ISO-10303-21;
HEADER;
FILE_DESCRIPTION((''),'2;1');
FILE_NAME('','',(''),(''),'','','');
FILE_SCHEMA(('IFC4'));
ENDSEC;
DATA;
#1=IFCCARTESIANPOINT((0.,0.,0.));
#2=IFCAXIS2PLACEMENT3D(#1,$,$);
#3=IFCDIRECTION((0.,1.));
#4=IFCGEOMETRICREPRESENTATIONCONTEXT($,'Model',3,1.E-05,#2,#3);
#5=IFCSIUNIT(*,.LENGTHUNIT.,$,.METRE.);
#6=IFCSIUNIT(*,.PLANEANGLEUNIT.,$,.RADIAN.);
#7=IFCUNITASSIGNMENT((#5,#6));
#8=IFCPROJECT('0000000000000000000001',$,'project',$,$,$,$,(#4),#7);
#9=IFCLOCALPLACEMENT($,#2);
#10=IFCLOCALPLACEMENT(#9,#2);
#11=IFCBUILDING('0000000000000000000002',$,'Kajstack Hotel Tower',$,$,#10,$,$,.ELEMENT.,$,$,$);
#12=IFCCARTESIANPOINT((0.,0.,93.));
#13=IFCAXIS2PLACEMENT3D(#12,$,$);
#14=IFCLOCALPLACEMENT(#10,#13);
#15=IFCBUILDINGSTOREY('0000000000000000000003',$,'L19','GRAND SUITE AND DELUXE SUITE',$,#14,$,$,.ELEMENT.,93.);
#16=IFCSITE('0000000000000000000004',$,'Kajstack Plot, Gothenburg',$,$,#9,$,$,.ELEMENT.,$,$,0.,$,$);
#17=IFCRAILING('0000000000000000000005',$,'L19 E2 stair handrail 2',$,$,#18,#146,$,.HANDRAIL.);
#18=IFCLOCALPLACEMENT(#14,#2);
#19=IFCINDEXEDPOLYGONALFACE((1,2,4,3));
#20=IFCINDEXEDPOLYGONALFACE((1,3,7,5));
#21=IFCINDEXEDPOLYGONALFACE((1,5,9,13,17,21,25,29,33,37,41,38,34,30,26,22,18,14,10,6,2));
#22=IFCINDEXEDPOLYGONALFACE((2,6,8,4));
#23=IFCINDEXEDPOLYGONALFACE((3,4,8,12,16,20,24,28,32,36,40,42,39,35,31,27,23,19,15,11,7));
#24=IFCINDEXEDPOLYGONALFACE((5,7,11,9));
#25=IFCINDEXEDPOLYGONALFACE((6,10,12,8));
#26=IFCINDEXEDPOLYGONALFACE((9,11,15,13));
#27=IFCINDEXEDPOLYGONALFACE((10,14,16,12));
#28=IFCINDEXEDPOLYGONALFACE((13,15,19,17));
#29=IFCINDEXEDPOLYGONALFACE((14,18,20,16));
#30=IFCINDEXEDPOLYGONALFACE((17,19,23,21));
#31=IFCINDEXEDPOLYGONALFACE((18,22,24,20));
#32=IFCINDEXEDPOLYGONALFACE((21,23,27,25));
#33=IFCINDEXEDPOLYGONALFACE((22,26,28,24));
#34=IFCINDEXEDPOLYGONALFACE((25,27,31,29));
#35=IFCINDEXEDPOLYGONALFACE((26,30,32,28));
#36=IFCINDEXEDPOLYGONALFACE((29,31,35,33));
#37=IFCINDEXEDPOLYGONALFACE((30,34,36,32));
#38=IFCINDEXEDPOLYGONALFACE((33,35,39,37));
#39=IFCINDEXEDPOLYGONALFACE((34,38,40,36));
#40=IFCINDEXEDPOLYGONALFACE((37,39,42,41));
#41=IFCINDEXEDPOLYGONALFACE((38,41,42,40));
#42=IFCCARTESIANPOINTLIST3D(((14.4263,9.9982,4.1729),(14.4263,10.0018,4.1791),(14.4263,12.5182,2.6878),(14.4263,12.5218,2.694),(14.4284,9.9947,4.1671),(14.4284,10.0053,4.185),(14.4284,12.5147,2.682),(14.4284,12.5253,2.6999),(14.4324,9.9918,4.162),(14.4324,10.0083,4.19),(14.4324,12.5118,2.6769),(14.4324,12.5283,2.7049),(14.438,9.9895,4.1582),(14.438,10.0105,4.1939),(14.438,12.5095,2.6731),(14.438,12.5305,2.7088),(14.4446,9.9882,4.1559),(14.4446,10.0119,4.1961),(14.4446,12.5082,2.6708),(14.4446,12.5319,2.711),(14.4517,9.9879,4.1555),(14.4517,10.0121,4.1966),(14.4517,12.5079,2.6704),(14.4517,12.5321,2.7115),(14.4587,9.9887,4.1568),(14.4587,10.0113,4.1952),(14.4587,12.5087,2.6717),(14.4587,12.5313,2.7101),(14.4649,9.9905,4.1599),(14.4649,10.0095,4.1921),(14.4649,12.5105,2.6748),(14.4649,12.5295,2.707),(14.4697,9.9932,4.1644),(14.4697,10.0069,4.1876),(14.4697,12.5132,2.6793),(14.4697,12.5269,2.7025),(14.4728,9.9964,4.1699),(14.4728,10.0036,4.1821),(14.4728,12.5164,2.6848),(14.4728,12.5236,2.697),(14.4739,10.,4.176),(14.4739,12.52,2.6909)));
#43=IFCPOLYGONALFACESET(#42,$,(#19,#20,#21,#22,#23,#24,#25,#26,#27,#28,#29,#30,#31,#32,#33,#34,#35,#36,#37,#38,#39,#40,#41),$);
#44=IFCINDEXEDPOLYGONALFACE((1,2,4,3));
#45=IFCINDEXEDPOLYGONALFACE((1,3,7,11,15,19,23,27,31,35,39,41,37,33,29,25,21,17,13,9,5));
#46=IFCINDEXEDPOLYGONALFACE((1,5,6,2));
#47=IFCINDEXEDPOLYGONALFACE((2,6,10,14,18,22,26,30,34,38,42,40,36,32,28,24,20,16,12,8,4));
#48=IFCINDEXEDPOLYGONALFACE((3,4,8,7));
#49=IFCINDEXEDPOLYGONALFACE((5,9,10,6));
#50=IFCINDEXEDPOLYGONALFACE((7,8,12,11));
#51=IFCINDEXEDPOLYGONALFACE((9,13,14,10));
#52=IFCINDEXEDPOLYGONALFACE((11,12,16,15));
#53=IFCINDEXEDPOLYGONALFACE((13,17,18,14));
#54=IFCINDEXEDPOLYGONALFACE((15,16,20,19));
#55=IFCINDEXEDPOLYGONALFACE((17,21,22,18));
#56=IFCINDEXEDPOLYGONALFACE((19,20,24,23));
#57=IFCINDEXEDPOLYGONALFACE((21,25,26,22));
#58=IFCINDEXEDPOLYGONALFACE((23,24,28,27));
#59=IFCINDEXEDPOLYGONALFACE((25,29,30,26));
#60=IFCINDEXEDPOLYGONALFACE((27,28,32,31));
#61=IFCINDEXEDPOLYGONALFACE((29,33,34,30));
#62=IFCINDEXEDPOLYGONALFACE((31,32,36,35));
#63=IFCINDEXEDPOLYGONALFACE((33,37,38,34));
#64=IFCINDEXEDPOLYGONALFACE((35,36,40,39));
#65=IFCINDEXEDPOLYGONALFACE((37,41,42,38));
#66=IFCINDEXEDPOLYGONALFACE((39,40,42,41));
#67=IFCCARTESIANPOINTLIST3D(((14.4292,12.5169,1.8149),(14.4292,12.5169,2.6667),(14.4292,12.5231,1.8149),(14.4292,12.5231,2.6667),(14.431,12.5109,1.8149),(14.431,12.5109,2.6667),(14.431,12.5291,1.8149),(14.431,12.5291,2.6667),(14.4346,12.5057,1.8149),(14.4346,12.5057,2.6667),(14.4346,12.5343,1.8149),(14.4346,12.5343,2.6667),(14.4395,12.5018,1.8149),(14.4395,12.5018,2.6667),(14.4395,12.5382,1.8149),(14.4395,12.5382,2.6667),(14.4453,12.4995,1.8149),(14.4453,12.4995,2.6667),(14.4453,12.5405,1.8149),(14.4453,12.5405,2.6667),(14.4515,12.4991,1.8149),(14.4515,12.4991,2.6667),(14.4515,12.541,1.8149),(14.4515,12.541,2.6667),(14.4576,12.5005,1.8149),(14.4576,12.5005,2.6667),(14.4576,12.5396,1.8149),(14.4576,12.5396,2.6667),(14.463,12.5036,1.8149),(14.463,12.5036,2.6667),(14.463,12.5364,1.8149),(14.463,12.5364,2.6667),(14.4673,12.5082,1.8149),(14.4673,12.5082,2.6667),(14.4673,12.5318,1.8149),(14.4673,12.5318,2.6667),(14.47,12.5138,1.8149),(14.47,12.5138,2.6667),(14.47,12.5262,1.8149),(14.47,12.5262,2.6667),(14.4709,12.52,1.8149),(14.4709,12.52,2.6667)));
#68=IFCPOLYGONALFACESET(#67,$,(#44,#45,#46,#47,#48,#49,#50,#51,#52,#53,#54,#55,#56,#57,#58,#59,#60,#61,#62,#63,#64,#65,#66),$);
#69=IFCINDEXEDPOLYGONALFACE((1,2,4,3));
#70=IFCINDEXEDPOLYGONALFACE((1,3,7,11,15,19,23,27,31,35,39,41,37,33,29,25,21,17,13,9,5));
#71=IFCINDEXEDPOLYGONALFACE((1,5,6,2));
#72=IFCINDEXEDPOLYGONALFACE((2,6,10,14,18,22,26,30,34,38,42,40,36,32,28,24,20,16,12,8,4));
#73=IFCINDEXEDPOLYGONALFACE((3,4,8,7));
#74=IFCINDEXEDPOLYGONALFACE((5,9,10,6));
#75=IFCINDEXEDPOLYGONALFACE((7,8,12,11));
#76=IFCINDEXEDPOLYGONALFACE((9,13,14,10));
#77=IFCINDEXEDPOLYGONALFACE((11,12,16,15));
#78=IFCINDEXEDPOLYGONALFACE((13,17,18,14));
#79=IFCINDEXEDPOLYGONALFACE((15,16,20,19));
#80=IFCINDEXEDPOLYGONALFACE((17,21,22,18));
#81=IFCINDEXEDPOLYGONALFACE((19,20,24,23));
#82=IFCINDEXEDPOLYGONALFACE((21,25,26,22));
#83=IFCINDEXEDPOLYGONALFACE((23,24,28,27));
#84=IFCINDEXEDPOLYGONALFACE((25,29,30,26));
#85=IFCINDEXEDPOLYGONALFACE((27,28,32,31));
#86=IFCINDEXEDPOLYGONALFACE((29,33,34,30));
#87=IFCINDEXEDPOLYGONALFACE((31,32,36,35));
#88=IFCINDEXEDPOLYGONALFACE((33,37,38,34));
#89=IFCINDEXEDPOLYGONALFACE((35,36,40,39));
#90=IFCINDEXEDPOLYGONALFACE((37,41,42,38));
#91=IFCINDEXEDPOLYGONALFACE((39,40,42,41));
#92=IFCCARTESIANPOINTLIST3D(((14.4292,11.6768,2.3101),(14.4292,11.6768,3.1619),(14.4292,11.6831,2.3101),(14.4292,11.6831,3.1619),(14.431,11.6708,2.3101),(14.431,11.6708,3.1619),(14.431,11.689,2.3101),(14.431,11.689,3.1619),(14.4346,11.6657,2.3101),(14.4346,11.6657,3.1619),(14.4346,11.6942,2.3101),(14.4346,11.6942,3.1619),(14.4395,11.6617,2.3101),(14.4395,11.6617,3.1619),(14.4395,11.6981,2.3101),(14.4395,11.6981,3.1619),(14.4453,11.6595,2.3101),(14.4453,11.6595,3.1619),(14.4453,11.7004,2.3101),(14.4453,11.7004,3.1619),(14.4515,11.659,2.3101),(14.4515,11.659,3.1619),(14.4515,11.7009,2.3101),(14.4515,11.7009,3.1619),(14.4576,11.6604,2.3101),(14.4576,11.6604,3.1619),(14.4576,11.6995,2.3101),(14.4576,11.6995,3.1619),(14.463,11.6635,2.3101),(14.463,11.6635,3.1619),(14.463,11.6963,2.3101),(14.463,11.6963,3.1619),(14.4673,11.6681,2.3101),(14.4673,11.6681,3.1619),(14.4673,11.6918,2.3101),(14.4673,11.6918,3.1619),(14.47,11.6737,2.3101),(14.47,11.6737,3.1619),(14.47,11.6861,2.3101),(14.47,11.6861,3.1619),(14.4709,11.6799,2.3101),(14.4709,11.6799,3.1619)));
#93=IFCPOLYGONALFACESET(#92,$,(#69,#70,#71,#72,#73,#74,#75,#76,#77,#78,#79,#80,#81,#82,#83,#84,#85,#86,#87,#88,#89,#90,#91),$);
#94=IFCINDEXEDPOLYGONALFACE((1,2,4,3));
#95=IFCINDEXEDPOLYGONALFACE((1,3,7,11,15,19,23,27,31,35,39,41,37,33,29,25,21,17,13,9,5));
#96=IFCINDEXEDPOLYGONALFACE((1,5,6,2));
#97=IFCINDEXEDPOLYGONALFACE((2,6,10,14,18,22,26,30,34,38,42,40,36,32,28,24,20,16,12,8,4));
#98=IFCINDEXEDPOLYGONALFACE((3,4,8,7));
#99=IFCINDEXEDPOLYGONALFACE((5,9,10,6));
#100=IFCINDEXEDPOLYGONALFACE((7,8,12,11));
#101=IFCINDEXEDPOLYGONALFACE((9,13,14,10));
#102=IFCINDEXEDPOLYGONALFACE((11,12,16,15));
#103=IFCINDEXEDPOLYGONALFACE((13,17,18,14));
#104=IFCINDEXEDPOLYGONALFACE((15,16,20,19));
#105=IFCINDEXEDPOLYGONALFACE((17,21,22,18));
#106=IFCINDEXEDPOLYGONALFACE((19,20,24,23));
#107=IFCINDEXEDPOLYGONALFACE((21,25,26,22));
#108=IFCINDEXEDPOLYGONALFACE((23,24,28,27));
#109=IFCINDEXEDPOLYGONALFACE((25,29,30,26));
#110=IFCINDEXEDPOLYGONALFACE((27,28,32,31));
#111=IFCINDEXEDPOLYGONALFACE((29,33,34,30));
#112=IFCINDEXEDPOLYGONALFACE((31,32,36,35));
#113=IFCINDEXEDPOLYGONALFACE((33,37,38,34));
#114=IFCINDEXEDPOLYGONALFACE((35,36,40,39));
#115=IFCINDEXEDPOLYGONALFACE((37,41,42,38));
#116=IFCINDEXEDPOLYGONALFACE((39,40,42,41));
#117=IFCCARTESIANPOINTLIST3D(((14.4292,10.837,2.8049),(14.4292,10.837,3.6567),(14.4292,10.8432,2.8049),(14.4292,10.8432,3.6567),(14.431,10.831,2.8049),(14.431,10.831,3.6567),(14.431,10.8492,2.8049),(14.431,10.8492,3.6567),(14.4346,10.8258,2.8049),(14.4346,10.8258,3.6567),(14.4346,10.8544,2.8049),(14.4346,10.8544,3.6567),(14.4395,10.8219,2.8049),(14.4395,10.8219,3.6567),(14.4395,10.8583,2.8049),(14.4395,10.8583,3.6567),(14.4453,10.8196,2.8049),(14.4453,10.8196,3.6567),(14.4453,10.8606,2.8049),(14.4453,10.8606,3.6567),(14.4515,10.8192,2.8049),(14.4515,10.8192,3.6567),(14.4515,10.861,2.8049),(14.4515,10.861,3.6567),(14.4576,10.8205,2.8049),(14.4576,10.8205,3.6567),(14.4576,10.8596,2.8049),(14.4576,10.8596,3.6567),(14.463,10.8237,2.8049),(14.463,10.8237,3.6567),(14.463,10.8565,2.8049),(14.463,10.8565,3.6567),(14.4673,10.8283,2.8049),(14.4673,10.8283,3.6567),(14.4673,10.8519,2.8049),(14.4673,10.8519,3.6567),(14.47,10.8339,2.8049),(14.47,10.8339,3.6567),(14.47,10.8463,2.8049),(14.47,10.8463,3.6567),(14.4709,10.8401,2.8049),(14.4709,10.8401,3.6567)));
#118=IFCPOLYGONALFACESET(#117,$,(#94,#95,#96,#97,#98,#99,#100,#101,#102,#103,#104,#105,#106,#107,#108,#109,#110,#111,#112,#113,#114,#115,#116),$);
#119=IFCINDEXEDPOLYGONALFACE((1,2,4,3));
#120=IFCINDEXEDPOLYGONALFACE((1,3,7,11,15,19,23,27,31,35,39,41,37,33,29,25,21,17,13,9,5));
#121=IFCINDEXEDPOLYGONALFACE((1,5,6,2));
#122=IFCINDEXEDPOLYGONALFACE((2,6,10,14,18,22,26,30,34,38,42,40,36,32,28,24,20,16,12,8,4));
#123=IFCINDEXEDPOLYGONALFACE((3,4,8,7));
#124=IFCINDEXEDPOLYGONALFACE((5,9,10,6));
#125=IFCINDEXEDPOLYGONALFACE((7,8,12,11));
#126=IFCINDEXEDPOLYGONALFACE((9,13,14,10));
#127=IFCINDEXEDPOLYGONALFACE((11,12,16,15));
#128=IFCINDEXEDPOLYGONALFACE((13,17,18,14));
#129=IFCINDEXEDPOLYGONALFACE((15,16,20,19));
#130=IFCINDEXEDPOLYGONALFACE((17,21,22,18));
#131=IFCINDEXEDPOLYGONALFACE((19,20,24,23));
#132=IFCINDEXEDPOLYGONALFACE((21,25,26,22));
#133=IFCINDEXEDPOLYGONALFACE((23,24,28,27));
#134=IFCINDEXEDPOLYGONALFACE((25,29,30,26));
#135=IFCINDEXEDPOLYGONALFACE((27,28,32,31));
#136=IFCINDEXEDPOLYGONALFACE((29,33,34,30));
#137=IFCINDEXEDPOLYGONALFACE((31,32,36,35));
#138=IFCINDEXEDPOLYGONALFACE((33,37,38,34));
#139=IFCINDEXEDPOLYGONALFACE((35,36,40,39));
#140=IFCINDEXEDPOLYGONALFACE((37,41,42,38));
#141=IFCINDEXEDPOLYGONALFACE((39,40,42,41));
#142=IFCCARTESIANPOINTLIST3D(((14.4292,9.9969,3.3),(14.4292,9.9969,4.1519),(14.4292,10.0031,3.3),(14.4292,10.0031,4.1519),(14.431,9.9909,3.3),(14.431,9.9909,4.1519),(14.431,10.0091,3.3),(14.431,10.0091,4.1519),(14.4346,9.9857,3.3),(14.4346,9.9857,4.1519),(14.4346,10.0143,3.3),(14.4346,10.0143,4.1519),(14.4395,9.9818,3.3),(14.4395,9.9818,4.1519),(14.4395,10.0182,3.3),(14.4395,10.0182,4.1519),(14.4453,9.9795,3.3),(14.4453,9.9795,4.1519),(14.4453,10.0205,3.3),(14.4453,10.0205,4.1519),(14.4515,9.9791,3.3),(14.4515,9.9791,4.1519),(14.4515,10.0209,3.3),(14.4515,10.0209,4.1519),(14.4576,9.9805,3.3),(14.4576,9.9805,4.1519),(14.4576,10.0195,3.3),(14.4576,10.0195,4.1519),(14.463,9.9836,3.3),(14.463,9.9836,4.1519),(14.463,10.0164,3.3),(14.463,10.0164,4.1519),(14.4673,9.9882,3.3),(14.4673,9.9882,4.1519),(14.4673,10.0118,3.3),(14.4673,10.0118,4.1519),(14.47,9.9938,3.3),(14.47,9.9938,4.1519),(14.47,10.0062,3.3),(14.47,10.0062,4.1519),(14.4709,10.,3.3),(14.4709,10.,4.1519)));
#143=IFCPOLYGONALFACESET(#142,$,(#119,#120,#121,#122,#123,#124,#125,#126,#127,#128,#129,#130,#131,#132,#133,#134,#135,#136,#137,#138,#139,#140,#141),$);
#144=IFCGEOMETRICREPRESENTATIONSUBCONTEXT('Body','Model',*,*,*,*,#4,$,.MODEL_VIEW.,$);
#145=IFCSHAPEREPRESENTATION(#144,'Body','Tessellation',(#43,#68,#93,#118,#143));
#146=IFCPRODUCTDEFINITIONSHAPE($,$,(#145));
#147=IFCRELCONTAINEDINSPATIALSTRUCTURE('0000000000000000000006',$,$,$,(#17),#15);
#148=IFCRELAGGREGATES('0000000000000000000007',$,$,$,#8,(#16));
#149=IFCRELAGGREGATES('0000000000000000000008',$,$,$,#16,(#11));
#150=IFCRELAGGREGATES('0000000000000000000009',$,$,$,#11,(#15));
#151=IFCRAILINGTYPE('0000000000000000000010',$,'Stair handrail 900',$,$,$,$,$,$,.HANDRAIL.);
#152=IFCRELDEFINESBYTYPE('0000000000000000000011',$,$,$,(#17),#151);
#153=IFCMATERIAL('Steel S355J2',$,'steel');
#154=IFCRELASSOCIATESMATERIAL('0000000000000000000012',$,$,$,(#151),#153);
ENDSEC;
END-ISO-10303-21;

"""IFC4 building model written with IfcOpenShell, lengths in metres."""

from ifc_helpers import new_model, si_unit, direction, frame, origin, origin_2d, place, context, subcontext, project, spatial, circle, extrude, material, type_object, element, save


model = new_model("IFC4")

# Units and contexts
model_context = context("Model", 3, precision=1e-05, world=origin(), true_north=direction((0.0, 1.0)))
body_context = subcontext(model_context, "Body", "Model", "MODEL_VIEW")
ifc_project = project(units=[si_unit("LENGTHUNIT", "METRE"), si_unit("PLANEANGLEUNIT", "RADIAN")], contexts=[model_context])

# Site, building, storey
site_placement = place(None, origin())
site = spatial("IfcSite", under=ifc_project, at=site_placement, Name="Kajstack Plot, Gothenburg", CompositionType="ELEMENT", RefElevation=0.0)
building_placement = place(site_placement, origin())
building = spatial("IfcBuilding", under=site, at=building_placement, Name="Kajstack Hotel Tower", CompositionType="ELEMENT")
storey_placement = place(building_placement, frame((0.0, 0.0, 93.0)))
storey = spatial("IfcBuildingStorey", under=building, at=storey_placement, Name="L19", Description="GRAND SUITE AND DELUXE SUITE", CompositionType="ELEMENT", Elevation=93.0)

# Railing
ifc_material_1 = material(Name="Steel S355J2", Category="steel")
railing_type_1 = type_object("IfcRailingType", Name="Stair handrail 900", PredefinedType="HANDRAIL", material=ifc_material_1)
railing_1_placement = place(storey_placement, frame((14.45, 12.52, 1.8149)))
element("IfcRailing", 1, at=railing_1_placement, inside=storey, type_object=railing_type_1, Name="L19 E2 stair handrail 2", PredefinedType="HANDRAIL", context=body_context, shape_type="SweptSolid", body=[
    extrude(circle(Radius=0.0239, at=origin_2d()), frame((0.0, 0.0, 0.876), z_axis=(0.0, -0.861524, 0.507717), x_axis=(1.0, 0.0, 0.0)), (0.0, 0.0, 1.0), 2.925),
    extrude(circle(Radius=0.021, at=origin_2d()), origin(), (0.0, 0.0, 1.0), 0.8518),
    extrude(circle(Radius=0.021, at=origin_2d()), frame((0.0, -0.8401, 0.4951)), (0.0, 0.0, 1.0), 0.8518),
    extrude(circle(Radius=0.021, at=origin_2d()), frame((0.0, -1.6799, 0.99)), (0.0, 0.0, 1.0), 0.8518),
    extrude(circle(Radius=0.021, at=origin_2d()), frame((0.0, -2.52, 1.4851)), (0.0, 0.0, 1.0), 0.8518),
])

save(model, "model.ifc")
